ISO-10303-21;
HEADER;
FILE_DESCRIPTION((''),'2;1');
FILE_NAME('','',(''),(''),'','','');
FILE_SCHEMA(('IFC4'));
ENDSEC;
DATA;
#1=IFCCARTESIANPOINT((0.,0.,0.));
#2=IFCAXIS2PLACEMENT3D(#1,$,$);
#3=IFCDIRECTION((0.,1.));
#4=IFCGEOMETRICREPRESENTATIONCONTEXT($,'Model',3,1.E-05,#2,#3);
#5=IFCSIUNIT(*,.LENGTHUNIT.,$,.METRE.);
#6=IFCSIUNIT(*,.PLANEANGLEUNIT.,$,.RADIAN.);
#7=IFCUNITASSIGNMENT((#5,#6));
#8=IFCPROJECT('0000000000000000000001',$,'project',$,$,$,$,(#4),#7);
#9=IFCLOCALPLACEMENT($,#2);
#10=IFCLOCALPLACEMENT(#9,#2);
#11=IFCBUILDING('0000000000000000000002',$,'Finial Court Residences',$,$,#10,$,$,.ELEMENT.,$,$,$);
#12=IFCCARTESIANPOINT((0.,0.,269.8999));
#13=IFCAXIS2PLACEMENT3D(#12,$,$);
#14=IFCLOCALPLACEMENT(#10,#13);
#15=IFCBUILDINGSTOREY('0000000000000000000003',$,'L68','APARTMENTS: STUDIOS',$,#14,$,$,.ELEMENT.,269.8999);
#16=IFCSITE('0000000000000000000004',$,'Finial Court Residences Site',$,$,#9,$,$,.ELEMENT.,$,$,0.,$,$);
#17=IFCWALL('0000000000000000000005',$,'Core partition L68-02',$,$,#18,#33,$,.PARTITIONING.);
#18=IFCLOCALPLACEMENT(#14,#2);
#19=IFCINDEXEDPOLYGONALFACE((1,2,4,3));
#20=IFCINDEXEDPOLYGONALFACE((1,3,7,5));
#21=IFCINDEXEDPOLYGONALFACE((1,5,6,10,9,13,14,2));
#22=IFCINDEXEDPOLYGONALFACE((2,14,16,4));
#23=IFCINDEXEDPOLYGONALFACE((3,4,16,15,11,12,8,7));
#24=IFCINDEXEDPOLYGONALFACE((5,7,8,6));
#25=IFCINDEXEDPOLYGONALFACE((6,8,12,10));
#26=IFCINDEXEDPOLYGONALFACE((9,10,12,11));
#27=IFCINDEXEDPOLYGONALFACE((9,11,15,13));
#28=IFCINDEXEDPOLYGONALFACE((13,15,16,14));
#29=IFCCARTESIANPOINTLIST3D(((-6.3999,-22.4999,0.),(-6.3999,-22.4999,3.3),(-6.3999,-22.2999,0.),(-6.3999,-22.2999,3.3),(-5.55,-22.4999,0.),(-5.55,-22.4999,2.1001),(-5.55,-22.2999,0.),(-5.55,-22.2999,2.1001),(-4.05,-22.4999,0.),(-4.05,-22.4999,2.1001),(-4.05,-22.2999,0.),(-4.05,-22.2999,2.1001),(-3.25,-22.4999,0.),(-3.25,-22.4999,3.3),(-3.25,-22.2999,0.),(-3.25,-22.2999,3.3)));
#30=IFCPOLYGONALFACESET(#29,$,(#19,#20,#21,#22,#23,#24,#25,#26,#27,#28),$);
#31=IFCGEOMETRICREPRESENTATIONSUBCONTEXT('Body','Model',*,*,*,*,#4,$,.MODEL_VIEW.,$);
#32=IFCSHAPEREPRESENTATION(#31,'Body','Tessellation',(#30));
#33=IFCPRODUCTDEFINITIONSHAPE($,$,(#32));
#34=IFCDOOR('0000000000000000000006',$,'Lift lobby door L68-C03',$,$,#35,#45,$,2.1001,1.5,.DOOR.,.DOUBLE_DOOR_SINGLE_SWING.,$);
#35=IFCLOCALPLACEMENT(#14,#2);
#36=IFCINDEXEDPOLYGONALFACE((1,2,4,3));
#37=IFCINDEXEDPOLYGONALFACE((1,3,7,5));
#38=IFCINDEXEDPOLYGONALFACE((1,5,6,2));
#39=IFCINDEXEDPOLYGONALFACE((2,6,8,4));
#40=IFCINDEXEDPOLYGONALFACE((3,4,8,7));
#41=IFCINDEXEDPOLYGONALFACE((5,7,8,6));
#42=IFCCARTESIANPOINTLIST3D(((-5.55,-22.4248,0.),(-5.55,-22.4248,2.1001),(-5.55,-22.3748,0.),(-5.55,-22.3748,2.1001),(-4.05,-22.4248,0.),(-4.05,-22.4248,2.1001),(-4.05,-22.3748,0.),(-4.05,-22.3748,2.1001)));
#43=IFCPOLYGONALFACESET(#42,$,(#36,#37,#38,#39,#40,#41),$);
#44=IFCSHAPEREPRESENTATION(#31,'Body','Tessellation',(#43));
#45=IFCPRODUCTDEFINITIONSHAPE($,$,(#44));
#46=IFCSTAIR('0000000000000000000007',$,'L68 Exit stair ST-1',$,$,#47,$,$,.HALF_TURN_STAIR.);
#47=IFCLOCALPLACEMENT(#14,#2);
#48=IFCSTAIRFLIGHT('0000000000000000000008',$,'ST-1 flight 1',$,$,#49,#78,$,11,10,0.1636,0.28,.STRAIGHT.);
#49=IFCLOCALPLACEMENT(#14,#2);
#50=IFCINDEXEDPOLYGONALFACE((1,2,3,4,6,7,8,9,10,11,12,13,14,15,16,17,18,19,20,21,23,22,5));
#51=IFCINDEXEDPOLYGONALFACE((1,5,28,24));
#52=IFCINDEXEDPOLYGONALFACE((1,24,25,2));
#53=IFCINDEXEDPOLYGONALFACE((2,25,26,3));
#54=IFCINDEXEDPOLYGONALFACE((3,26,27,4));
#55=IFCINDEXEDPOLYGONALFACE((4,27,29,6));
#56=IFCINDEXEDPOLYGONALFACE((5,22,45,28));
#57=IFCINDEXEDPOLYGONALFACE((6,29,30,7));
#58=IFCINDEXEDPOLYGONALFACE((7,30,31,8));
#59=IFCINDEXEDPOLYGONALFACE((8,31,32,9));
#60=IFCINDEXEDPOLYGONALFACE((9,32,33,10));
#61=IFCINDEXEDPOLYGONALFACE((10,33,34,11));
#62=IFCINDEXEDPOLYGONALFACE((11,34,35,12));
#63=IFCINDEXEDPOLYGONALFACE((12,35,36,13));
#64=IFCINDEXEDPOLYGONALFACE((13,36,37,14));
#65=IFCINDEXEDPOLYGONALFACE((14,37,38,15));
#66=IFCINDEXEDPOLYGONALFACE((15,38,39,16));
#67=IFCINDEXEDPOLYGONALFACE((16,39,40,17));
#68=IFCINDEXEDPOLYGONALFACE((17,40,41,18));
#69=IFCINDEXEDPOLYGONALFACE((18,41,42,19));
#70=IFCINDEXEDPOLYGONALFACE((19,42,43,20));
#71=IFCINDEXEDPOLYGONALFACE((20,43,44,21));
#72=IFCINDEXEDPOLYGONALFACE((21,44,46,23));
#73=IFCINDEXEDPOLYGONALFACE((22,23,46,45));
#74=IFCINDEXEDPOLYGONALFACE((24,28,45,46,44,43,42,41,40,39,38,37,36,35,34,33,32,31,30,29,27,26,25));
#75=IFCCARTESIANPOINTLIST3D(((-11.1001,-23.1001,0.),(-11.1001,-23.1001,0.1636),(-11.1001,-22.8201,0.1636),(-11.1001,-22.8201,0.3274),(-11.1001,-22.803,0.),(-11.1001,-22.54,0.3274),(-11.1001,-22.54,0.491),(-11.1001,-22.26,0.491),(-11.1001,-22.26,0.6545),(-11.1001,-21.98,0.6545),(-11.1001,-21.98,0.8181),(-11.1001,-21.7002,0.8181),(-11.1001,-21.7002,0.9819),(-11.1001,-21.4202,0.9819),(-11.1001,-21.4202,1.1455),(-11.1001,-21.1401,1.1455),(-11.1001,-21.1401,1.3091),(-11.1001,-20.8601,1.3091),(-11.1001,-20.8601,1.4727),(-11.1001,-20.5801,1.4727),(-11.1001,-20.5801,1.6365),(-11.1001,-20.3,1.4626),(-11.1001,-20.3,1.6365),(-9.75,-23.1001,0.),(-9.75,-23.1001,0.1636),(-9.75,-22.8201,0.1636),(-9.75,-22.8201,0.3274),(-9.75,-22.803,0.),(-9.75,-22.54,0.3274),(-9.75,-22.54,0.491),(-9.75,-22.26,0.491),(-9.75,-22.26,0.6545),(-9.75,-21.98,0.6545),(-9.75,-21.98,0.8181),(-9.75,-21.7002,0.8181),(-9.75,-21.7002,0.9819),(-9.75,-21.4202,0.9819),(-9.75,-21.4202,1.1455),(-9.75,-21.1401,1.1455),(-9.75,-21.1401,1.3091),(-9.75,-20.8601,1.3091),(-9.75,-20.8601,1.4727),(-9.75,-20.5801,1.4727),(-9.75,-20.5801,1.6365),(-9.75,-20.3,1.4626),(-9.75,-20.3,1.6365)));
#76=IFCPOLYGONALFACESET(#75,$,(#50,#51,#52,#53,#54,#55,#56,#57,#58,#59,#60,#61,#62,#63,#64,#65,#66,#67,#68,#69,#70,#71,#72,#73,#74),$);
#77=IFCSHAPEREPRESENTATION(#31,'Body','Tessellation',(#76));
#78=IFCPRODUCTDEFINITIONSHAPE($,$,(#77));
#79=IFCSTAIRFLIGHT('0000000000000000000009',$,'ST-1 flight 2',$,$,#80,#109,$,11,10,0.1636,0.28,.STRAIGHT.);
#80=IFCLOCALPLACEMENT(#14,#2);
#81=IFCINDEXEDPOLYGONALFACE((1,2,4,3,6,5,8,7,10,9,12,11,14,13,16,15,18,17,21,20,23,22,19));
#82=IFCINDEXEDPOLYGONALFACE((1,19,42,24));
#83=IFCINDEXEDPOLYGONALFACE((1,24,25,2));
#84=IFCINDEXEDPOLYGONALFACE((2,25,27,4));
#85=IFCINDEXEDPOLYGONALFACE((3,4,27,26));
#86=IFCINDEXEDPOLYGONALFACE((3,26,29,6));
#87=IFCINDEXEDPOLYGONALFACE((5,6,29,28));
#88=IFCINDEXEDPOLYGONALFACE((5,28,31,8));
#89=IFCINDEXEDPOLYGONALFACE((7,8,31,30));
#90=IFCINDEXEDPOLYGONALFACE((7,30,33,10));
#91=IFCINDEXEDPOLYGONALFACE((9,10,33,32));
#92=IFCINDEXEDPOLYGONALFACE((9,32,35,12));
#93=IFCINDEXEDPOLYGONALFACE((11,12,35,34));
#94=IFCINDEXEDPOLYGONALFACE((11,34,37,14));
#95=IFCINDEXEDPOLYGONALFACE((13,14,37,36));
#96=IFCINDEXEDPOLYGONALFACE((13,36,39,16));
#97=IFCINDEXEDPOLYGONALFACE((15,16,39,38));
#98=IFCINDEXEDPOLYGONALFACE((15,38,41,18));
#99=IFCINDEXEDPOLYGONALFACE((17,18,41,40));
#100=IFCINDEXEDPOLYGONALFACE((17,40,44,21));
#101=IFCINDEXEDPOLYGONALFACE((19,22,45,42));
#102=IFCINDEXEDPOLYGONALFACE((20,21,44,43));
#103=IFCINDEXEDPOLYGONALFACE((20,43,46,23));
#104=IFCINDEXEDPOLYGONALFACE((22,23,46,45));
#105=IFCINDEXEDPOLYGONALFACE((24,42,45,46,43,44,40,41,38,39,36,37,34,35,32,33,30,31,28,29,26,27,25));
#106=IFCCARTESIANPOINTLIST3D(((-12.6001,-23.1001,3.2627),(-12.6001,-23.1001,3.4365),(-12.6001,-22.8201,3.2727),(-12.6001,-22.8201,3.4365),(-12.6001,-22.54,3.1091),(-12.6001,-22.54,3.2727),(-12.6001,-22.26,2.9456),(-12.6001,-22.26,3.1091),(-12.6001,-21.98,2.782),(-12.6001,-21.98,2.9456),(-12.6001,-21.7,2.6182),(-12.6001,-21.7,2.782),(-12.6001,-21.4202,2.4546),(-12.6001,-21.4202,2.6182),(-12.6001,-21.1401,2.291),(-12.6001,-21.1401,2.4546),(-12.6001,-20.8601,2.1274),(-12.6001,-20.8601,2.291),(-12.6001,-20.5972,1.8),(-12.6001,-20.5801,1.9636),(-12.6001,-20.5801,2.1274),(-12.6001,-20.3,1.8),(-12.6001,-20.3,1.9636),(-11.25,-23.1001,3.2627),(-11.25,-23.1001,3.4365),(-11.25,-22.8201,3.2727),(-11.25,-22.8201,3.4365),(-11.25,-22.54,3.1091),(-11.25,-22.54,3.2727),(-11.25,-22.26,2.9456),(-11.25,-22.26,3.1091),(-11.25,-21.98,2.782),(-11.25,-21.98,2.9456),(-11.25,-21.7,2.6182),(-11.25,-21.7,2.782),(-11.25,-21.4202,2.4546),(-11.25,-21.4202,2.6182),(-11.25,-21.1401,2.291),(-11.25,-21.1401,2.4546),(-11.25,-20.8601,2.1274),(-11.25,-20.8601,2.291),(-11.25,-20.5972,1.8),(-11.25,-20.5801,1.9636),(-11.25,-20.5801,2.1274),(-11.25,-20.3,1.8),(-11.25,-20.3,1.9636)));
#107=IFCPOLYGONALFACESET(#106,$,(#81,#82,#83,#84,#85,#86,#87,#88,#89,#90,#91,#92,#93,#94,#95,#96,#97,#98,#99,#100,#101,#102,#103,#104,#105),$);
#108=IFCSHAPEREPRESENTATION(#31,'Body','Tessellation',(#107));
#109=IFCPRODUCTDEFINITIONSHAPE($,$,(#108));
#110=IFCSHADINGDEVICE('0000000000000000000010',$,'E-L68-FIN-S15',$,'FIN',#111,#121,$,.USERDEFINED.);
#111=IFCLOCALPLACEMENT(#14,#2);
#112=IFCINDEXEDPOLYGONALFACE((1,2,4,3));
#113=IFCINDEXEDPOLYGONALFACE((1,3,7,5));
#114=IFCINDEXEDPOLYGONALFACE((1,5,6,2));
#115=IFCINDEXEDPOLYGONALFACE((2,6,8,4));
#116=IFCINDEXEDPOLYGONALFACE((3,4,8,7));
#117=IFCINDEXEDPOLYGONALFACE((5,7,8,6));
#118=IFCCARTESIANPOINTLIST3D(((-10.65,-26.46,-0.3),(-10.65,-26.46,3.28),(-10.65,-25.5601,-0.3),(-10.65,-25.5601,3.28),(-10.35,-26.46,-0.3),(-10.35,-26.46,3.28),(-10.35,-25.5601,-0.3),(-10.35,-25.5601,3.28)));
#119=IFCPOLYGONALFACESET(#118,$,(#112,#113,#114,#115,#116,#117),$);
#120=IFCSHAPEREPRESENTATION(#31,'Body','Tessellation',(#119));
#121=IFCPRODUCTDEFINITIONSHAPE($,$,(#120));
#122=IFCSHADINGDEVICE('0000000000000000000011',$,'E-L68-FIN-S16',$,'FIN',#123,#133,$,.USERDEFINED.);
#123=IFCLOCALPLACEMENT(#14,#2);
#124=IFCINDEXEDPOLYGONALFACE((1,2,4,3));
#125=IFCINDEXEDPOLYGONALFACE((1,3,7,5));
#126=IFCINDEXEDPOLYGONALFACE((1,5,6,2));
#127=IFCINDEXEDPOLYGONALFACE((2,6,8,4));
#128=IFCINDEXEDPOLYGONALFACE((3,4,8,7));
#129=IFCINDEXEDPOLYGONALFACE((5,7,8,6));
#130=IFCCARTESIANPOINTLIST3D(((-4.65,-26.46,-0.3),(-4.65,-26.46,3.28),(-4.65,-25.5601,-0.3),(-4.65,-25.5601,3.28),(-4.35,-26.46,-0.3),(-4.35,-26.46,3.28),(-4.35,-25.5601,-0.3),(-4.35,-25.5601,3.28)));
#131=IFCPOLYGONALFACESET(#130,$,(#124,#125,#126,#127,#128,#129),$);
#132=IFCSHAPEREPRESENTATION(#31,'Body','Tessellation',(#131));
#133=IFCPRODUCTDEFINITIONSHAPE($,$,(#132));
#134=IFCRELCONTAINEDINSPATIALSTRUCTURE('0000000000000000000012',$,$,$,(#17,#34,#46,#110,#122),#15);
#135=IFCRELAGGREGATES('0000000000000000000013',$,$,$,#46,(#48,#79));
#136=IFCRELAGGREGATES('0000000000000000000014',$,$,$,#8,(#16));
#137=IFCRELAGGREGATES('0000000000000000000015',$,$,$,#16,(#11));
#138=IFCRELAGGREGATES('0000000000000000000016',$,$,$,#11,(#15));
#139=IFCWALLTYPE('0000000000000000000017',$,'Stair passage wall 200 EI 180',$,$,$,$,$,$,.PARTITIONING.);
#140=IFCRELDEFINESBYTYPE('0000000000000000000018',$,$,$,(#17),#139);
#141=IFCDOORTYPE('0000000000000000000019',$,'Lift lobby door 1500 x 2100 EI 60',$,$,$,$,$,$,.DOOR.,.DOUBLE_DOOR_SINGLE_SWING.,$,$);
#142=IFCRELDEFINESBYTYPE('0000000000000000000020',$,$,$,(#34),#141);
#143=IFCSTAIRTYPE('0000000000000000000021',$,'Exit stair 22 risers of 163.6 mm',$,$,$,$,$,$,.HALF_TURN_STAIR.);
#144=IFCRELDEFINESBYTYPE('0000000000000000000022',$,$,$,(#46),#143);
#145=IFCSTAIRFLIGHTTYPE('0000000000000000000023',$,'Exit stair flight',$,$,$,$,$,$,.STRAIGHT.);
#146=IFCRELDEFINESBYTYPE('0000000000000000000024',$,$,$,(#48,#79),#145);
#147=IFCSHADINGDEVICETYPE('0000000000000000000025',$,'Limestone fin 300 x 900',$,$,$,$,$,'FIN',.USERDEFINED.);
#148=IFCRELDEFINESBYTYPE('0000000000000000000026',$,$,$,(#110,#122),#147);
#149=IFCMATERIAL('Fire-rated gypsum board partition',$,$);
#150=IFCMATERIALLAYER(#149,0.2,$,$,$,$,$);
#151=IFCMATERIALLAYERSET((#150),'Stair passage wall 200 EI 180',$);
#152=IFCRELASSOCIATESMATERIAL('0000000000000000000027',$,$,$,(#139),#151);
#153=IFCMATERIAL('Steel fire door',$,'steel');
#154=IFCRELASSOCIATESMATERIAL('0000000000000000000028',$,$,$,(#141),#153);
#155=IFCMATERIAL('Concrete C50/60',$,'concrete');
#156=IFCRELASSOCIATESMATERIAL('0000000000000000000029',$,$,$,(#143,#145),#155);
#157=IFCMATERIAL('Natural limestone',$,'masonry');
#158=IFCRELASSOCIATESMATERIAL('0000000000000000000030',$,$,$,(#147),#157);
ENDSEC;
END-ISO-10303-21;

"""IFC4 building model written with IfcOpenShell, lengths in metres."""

from ifc_helpers import new_model, si_unit, direction, frame, frame_2d, origin, origin_2d, place, context, subcontext, project, spatial, polyline, rectangle, outline, extrude, material, layer, layer_set, type_object, element, fill, aggregate, save


model = new_model("IFC4")

# Units and contexts
model_context = context("Model", 3, precision=1e-05, world=origin(), true_north=direction((0.0, 1.0)))
body_context = subcontext(model_context, "Body", "Model", "MODEL_VIEW")
ifc_project = project(units=[si_unit("LENGTHUNIT", "METRE"), si_unit("PLANEANGLEUNIT", "RADIAN")], contexts=[model_context])

# Site, building, storey
site_placement = place(None, origin())
site = spatial("IfcSite", under=ifc_project, at=site_placement, Name="Finial Court Residences Site", CompositionType="ELEMENT", RefElevation=0.0)
building_placement = place(site_placement, origin())
building = spatial("IfcBuilding", under=site, at=building_placement, Name="Finial Court Residences", CompositionType="ELEMENT")
storey_placement = place(building_placement, frame((0.0, 0.0, 269.8999)))
storey = spatial("IfcBuildingStorey", under=building, at=storey_placement, Name="L68", Description="APARTMENTS: STUDIOS", CompositionType="ELEMENT", Elevation=269.8999)

# Shared definitions
ifc_material_1 = material(Name="Concrete C50/60", Category="concrete")

# Shared definitions
ifc_material_2 = material(Name="Steel fire door", Category="steel")

# Shared definitions
ifc_material_3 = material(Name="Fire-rated gypsum board partition")

# Wall, opening, door
ifc_layer_1 = layer(ifc_material_3, 0.2)
ifc_layer_set_1 = layer_set([ifc_layer_1], Name="Stair passage wall 200 EI 180")
wall_type_1 = type_object("IfcWallType", Name="Stair passage wall 200 EI 180", PredefinedType="PARTITIONING", material=ifc_layer_set_1)
wall_1_placement = place(storey_placement, frame((-3.25, -22.3999, 0.0), z_axis=(0.0, 0.0, 1.0), x_axis=(-1.0, 0.0, 0.0)))
wall_1 = element("IfcWall", 1, at=wall_1_placement, inside=storey, type_object=wall_type_1, Name="Core partition L68-02", PredefinedType="PARTITIONING", context=body_context, shape_type="SweptSolid", body=[
    extrude(rectangle(XDim=3.1499, YDim=0.2, at=frame_2d((1.575, 0.0))), origin(), (0.0, 0.0, 1.0), 3.3),
])
opening_1_placement = place(wall_1_placement, frame((0.8, 0.0, 0.0)))
opening_1 = element("IfcOpeningElement", 2, at=opening_1_placement, cuts=wall_1, PredefinedType="OPENING", context=body_context, shape_type="SweptSolid", body=[
    extrude(rectangle(XDim=1.5, YDim=2.1001, at=frame_2d((0.75, 1.05))), frame((0.0, 0.1099, 0.0), z_axis=(0.0, -1.0, 0.0), x_axis=(1.0, 0.0, 0.0)), (0.0, 0.0, 1.0), 0.22),
])
door_type_1 = type_object("IfcDoorType", Name="Lift lobby door 1500 x 2100 EI 60", OperationType="DOUBLE_DOOR_SINGLE_SWING", PredefinedType="DOOR", material=ifc_material_2)
door_1_placement = place(opening_1_placement, origin())
door_1 = element("IfcDoor", 3, at=door_1_placement, inside=storey, type_object=door_type_1, Name="Lift lobby door L68-C03", OperationType="DOUBLE_DOOR_SINGLE_SWING", OverallHeight=2.1001, OverallWidth=1.5, PredefinedType="DOOR", context=body_context, shape_type="SweptSolid", body=[
    extrude(rectangle(XDim=1.5, YDim=2.1001, at=frame_2d((0.75, 1.05))), frame((0.0, 0.0249, 0.0), z_axis=(0.0, -1.0, 0.0), x_axis=(1.0, 0.0, 0.0)), (0.0, 0.0, 1.0), 0.05),
])
fill(opening_1, door_1)

# Stair, stair flights
stair_type = type_object("IfcStairType", Name="Exit stair 22 risers of 163.6 mm", PredefinedType="HALF_TURN_STAIR", material=ifc_material_1)
stair_placement = place(storey_placement, origin())
stair = element("IfcStair", 4, at=stair_placement, inside=storey, type_object=stair_type, Name="L68 Exit stair ST-1", PredefinedType="HALF_TURN_STAIR")
stair_flight_type = type_object("IfcStairFlightType", Name="Exit stair flight", PredefinedType="STRAIGHT", material=ifc_material_1)
stair_flight_1_placement = place(storey_placement, frame((-10.425, -23.1001, 0.0), z_axis=(0.0, 0.0, 1.0), x_axis=(0.0, 1.0, 0.0)))
stair_flight_1 = element("IfcStairFlight", 5, at=stair_flight_1_placement, type_object=stair_flight_type, Name="ST-1 flight 1", NumberOfRisers=11, NumberOfTreads=10, PredefinedType="STRAIGHT", RiserHeight=0.1636, TreadLength=0.28, context=body_context, shape_type="SweptSolid", body=[
    extrude(outline(polyline([(0.0, 0.0), (0.0, 0.1636), (0.28, 0.1636), (0.28, 0.3274), (0.5601, 0.3274), (0.5601, 0.491), (0.8401, 0.491), (0.8401, 0.6545), (1.1201, 0.6545), (1.1201, 0.8181), (1.3999, 0.8181), (1.3999, 0.9819), (1.6799, 0.9819), (1.6799, 1.1455), (1.96, 1.1455), (1.96, 1.3091), (2.24, 1.3091), (2.24, 1.4727), (2.52, 1.4727), (2.52, 1.6365), (2.8, 1.6365), (2.8, 1.8), (2.8, 1.4626), (0.2971, 0.0), (0.0, 0.0)])), frame((0.0, 0.675, 0.0), z_axis=(0.0, -1.0, 0.0), x_axis=(1.0, 0.0, 0.0)), (0.0, 0.0, 1.0), 1.3501),
])
stair_flight_2_placement = place(storey_placement, frame((-11.925, -20.3, 1.8), z_axis=(0.0, 0.0, 1.0), x_axis=(0.0, -1.0, 0.0)))
stair_flight_2 = element("IfcStairFlight", 6, at=stair_flight_2_placement, type_object=stair_flight_type, Name="ST-1 flight 2", NumberOfRisers=11, NumberOfTreads=10, PredefinedType="STRAIGHT", RiserHeight=0.1636, TreadLength=0.28, context=body_context, shape_type="SweptSolid", body=[
    extrude(outline(polyline([(0.0, 0.0), (0.0, 0.1636), (0.28, 0.1636), (0.28, 0.3274), (0.5601, 0.3274), (0.5601, 0.491), (0.8401, 0.491), (0.8401, 0.6545), (1.1201, 0.6545), (1.1201, 0.8181), (1.3999, 0.8181), (1.3999, 0.9819), (1.6799, 0.9819), (1.6799, 1.1455), (1.96, 1.1455), (1.96, 1.3091), (2.24, 1.3091), (2.24, 1.4727), (2.52, 1.4727), (2.52, 1.6365), (2.8, 1.6365), (2.8, 1.8), (2.8, 1.4626), (0.2971, 0.0), (0.0, 0.0)])), frame((0.0, 0.675, 0.0), z_axis=(0.0, -1.0, 0.0), x_axis=(1.0, 0.0, 0.0)), (0.0, 0.0, 1.0), 1.3501),
])
aggregate(stair, [stair_flight_1, stair_flight_2])

# Shading devices
ifc_material_4 = material(Name="Natural limestone", Category="masonry")
shading_device_type = type_object("IfcShadingDeviceType", Name="Limestone fin 300 x 900", ElementType="FIN", PredefinedType="USERDEFINED", material=ifc_material_4)
for number, where, z_axis, x_axis, name in (
    (7, (-10.5, -26.01, -0.3), (0.0, 0.0, 1.0), (1.0, 0.0, 0.0), "E-L68-FIN-S15"),
    (8, (-4.5, -26.01, -0.3), (0.0, 0.0, 1.0), (1.0, 0.0, 0.0), "E-L68-FIN-S16"),
):
    element("IfcShadingDevice", number, at=place(storey_placement, frame(where, z_axis=z_axis, x_axis=x_axis)), inside=storey, type_object=shading_device_type, Name=name, ObjectType="FIN", PredefinedType="USERDEFINED", context=body_context, shape_type="SweptSolid", body=[
        extrude(rectangle(XDim=0.3, YDim=0.8999, at=origin_2d()), origin(), (0.0, 0.0, 1.0), 3.5801),
    ])

save(model, "model.ifc")
